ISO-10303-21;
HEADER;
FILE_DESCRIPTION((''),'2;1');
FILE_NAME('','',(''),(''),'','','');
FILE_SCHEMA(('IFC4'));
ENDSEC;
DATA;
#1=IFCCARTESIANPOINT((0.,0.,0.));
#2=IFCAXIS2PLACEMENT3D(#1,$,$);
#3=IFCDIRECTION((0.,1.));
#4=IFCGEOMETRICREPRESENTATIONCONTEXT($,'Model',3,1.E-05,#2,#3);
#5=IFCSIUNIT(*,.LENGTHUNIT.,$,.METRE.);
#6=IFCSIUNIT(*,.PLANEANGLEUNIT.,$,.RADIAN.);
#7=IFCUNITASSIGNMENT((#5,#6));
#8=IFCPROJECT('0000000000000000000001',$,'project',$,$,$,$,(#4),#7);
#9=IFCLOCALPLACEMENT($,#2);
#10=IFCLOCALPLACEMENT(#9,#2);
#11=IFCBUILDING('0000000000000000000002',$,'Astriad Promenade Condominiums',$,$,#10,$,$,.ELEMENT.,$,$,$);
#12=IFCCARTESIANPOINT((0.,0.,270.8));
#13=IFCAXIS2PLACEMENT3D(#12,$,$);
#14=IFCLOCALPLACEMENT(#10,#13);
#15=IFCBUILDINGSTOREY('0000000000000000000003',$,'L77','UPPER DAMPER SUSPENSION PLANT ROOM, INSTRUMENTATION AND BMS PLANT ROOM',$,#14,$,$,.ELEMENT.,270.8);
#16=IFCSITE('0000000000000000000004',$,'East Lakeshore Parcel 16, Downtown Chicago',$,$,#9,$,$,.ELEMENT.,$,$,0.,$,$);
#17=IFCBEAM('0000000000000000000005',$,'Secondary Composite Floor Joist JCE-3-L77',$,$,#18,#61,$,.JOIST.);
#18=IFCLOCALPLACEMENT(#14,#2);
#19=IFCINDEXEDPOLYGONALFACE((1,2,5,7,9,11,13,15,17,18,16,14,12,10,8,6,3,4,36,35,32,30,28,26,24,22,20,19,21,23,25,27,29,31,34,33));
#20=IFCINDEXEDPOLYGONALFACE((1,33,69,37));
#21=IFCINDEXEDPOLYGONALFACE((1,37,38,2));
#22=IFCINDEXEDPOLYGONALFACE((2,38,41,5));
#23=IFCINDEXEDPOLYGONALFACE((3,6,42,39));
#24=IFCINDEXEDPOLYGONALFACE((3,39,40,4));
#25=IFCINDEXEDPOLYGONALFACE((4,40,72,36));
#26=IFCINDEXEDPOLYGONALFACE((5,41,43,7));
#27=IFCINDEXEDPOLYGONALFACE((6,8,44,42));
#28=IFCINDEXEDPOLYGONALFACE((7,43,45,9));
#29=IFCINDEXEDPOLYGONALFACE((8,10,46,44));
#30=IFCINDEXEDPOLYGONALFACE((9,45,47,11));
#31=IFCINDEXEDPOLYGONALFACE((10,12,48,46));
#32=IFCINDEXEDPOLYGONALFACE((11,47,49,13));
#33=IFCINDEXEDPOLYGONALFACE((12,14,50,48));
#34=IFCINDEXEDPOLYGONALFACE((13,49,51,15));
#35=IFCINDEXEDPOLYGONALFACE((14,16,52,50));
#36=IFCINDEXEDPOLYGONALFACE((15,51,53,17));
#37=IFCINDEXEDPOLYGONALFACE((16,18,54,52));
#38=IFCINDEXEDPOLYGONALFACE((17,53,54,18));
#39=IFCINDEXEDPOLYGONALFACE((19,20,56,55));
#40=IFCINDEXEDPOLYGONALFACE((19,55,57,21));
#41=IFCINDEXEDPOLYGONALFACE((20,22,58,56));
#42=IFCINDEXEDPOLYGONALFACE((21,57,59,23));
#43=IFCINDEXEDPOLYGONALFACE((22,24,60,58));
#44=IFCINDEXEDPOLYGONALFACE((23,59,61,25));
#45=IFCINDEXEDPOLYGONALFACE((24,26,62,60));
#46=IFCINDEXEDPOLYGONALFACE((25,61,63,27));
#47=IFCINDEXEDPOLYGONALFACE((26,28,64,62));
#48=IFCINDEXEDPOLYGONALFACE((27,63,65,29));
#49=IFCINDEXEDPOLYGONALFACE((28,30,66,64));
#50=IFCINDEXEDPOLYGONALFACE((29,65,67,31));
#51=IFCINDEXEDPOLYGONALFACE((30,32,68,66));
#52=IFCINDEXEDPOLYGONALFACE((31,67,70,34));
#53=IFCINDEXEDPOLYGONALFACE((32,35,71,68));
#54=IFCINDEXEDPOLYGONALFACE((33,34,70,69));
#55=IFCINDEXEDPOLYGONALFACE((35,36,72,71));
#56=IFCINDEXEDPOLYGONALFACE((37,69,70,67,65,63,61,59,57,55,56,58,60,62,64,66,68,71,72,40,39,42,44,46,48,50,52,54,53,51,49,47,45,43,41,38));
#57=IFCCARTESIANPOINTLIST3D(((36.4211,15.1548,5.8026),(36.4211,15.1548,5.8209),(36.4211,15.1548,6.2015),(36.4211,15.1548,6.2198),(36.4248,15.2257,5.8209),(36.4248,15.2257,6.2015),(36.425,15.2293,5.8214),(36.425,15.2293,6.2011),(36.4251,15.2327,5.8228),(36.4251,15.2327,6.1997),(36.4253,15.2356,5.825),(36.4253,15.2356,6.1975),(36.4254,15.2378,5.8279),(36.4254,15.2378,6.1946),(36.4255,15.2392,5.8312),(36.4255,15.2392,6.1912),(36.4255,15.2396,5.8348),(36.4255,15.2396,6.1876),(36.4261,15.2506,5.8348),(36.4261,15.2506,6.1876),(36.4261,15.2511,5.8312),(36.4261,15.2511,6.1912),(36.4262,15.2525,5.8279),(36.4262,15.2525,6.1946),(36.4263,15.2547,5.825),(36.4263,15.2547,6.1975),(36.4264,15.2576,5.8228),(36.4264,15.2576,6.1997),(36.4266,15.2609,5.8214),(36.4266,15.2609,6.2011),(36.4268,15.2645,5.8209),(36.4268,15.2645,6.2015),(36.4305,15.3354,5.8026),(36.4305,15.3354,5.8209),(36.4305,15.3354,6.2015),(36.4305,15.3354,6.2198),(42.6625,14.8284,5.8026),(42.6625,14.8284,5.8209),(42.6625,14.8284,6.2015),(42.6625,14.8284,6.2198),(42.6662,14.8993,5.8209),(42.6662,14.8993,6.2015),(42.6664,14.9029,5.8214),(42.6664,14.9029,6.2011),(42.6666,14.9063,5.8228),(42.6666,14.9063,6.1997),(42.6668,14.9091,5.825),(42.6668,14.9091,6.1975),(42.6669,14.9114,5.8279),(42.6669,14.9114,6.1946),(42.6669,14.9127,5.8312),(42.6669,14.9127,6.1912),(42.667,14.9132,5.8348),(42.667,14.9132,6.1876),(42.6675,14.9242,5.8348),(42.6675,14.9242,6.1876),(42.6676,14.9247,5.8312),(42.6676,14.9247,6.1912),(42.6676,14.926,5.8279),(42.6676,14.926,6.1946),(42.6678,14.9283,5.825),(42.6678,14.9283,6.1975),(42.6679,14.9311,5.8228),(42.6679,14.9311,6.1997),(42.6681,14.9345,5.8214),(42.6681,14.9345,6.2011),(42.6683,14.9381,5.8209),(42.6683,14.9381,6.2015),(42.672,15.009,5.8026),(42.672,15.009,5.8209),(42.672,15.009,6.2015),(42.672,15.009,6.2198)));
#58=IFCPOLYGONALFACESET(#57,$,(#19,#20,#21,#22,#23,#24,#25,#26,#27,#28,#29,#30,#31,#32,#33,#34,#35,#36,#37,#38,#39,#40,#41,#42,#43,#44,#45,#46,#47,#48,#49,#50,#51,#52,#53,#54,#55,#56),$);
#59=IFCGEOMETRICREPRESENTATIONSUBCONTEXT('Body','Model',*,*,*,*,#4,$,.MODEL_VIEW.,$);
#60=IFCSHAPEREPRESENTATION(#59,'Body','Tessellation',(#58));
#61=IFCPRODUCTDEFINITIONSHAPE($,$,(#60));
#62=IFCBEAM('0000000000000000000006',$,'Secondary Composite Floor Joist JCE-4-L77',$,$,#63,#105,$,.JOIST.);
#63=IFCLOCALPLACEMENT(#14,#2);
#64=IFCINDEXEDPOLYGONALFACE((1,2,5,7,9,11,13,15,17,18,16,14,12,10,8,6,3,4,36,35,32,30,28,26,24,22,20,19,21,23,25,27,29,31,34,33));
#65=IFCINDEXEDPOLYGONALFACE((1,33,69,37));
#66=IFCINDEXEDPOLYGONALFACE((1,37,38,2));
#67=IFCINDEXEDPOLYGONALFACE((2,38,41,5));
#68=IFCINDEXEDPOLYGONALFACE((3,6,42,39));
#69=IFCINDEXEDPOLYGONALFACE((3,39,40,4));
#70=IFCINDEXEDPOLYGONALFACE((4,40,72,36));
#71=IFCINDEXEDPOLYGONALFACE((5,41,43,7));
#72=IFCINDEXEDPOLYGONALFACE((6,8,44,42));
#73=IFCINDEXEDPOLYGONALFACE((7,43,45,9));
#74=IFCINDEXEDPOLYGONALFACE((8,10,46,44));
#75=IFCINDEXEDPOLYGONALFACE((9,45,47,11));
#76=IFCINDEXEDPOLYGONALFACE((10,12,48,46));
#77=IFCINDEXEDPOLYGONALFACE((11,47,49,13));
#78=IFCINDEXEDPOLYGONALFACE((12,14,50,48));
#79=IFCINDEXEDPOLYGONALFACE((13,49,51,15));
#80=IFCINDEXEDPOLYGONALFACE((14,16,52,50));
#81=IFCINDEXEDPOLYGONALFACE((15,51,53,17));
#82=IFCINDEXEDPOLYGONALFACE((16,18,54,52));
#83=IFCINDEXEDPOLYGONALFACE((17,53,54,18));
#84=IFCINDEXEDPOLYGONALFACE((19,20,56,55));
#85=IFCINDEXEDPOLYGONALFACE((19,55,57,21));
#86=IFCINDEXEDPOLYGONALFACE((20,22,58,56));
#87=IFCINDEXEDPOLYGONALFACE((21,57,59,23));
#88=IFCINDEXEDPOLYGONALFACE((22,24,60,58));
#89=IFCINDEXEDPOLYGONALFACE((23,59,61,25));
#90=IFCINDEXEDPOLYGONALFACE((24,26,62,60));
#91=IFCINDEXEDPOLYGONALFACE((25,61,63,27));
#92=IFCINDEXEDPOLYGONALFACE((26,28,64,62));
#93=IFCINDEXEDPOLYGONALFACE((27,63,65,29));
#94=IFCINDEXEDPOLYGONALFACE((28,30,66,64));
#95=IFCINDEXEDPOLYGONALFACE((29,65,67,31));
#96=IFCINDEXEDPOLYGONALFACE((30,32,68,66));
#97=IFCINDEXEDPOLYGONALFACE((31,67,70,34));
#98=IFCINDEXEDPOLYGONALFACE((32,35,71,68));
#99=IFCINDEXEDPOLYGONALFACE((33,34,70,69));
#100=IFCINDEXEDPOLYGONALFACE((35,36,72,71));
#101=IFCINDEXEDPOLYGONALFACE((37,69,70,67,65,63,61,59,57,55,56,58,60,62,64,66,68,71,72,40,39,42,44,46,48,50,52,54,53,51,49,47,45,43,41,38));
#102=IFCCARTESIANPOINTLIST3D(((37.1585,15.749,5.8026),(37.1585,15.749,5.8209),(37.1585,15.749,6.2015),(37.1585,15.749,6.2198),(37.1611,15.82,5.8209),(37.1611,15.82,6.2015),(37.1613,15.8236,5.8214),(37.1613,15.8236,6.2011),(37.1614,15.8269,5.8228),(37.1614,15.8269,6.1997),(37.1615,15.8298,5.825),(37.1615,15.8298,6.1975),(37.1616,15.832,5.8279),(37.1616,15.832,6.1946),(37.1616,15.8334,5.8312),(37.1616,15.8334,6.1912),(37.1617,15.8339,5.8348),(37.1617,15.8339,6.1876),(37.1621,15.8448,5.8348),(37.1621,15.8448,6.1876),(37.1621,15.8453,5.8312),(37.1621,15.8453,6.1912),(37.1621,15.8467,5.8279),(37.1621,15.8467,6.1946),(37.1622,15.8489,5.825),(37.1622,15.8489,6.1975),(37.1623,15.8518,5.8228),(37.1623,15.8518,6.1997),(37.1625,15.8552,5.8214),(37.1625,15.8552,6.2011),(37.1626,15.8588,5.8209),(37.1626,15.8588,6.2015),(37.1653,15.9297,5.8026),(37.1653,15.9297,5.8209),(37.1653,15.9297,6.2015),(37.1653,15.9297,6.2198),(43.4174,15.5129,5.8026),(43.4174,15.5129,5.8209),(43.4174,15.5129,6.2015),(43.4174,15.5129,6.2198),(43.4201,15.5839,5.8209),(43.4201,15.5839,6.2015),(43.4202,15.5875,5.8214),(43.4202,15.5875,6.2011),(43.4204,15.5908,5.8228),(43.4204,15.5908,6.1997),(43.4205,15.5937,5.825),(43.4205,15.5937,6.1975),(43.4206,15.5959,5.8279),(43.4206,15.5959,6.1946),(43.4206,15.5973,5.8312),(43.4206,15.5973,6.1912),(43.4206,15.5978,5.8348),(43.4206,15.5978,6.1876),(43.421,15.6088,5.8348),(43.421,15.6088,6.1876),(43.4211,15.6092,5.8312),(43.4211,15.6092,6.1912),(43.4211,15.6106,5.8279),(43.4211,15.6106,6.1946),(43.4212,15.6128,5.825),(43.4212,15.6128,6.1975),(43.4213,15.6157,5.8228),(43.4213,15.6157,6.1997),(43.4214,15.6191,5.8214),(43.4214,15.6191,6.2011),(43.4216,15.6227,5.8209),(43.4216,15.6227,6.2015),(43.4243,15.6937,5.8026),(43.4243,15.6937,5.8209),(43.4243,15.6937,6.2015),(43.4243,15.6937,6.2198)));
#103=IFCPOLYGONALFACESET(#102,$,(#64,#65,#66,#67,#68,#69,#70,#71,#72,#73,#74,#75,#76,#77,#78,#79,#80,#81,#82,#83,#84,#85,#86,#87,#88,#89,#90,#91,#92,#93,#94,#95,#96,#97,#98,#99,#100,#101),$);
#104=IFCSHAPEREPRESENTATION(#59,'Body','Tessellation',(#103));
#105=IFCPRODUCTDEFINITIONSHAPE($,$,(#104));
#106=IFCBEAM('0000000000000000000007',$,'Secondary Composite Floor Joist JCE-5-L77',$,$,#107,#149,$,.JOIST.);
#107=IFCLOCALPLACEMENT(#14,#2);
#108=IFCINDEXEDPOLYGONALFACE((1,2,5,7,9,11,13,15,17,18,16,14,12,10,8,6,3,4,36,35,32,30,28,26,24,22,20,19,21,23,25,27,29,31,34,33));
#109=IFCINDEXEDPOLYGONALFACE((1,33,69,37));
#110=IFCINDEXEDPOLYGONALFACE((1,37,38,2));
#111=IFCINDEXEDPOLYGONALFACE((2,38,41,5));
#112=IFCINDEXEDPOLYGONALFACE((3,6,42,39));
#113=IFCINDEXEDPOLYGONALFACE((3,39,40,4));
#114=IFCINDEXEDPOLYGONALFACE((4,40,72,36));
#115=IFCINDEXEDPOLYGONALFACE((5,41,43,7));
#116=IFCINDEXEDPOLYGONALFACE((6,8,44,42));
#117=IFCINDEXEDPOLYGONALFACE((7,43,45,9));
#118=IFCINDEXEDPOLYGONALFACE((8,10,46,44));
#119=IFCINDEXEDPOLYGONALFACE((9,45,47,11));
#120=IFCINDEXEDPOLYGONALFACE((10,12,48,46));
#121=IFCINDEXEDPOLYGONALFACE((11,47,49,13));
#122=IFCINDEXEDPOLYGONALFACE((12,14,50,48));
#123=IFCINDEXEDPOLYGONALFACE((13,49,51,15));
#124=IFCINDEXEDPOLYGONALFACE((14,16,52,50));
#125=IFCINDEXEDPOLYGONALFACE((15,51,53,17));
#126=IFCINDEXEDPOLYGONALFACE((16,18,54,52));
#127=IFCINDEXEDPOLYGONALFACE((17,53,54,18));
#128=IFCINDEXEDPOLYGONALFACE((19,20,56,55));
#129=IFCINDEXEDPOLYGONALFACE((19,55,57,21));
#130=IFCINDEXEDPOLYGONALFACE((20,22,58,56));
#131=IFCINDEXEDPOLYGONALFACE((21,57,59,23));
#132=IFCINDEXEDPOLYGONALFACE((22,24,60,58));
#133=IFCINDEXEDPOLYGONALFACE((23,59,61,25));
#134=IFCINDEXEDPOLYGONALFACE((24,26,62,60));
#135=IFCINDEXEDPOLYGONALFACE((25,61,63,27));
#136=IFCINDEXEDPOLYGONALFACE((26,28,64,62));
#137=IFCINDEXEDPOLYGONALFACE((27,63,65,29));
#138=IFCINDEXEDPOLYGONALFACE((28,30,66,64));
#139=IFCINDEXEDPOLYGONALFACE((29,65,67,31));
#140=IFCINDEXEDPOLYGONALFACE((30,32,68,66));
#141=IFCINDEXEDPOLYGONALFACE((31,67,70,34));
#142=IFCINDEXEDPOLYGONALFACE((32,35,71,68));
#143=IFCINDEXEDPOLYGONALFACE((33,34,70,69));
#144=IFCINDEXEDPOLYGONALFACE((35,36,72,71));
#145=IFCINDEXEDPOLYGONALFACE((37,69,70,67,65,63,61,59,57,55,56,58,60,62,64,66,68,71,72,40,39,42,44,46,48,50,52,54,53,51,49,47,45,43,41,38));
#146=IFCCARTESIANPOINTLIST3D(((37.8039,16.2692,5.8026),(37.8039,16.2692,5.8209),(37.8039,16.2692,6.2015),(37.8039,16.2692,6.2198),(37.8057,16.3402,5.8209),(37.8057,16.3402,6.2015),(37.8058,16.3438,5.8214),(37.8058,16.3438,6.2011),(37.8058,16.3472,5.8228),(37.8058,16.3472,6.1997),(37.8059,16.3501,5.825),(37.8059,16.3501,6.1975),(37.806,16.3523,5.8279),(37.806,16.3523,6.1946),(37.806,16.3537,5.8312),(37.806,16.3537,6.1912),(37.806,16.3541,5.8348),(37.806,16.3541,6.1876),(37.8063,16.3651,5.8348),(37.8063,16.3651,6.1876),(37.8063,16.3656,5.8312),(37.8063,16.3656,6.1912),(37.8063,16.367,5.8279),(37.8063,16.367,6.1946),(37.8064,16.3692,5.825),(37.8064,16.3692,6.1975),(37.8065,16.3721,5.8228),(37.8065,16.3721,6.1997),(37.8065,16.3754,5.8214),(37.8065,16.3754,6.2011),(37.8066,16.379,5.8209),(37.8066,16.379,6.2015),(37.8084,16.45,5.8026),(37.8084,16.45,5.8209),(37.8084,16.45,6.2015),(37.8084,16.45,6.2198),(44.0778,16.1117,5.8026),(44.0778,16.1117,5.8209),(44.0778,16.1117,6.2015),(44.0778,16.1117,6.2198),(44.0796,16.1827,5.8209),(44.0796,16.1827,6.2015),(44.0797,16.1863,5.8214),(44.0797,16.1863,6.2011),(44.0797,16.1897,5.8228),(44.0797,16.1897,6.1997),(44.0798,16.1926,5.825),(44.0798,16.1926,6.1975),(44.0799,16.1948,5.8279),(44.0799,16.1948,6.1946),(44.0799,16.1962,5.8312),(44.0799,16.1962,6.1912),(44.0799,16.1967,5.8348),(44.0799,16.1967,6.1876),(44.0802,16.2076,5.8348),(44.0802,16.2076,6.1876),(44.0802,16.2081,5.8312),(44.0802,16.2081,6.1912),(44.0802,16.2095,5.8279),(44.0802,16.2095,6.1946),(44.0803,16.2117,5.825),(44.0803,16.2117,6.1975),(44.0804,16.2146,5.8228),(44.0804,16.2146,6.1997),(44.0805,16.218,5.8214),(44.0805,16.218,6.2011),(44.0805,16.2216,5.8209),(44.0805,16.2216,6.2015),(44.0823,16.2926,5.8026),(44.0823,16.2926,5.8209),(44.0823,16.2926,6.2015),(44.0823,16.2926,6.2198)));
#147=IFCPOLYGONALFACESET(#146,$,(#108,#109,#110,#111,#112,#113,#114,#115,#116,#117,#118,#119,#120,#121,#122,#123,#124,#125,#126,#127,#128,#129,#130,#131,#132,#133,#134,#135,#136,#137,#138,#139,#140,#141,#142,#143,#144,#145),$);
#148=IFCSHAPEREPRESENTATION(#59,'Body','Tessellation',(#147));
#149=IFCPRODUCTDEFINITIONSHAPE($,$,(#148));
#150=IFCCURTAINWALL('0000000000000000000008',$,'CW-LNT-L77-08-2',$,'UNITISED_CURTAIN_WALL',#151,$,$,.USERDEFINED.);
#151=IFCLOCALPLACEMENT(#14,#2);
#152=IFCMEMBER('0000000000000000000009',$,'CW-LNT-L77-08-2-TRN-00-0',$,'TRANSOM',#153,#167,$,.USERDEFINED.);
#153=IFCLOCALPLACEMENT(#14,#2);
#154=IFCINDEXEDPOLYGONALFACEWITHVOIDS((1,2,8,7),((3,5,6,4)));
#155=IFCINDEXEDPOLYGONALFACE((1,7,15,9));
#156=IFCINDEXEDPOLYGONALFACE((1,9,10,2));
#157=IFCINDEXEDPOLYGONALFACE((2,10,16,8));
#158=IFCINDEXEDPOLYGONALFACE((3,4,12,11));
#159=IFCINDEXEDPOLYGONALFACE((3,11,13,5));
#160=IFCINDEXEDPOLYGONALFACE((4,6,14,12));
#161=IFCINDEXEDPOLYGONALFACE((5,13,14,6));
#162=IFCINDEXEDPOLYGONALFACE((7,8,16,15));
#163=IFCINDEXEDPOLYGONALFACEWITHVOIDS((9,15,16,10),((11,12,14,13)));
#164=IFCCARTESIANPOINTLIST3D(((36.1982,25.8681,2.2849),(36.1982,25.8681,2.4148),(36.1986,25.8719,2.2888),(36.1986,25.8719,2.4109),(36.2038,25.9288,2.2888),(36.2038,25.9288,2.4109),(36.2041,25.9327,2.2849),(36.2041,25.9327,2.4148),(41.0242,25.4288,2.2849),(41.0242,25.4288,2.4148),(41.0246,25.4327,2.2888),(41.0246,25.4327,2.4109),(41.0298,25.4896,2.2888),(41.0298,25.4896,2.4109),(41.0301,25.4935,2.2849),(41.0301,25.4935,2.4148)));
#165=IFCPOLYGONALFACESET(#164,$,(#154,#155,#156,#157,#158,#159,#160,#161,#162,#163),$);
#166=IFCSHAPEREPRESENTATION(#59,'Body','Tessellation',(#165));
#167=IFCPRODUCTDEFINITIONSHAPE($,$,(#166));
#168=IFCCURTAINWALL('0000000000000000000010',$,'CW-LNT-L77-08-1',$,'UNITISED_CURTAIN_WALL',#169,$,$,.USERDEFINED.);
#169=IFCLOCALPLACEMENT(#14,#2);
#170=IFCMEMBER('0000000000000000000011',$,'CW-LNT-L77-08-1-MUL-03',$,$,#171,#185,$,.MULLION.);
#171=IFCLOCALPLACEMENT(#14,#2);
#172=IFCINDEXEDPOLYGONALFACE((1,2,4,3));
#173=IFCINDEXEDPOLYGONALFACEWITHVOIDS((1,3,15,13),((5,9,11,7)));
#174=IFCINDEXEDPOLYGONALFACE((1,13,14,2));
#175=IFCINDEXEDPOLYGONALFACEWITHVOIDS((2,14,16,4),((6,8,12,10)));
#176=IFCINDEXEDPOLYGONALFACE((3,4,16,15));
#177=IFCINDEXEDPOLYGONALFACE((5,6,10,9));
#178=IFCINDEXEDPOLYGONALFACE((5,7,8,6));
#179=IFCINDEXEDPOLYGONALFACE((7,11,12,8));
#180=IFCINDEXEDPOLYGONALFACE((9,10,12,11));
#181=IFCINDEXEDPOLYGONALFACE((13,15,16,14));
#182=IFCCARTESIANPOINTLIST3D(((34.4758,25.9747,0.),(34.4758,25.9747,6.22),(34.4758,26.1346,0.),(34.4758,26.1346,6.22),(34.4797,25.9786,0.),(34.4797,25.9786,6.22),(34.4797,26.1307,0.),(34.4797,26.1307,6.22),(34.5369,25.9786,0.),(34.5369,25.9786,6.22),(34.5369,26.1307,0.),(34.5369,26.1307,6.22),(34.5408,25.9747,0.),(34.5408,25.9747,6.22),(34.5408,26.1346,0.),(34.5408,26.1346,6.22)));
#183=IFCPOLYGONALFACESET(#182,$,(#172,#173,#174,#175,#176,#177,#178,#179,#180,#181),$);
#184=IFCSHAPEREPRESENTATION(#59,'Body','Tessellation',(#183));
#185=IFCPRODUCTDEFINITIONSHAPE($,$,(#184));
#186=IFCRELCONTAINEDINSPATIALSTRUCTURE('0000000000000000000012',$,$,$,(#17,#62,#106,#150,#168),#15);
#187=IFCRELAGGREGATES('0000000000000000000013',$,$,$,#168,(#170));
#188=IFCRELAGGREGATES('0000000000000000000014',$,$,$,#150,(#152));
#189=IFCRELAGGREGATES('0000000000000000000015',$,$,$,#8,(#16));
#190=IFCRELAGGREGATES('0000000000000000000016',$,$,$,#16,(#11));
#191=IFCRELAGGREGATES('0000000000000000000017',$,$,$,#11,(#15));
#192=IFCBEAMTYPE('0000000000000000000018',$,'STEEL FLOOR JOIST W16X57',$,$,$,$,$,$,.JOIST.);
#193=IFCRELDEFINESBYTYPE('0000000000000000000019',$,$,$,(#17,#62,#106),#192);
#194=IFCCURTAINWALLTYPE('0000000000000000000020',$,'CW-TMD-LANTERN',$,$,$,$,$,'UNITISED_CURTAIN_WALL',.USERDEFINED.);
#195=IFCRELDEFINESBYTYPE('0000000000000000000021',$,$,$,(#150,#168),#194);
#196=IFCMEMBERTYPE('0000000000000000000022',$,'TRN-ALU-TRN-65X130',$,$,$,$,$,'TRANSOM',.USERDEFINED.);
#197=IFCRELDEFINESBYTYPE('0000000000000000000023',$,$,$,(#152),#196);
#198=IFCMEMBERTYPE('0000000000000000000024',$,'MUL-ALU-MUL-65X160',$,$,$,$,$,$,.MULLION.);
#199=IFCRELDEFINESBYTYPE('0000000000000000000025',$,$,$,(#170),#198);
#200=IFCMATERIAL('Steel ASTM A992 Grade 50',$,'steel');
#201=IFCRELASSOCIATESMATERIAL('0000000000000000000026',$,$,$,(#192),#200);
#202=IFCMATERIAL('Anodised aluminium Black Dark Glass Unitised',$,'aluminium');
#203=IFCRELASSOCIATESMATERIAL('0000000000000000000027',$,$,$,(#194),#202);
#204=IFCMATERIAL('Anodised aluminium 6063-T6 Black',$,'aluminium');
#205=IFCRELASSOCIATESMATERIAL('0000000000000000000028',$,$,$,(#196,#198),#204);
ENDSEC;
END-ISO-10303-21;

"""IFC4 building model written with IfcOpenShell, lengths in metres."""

from ifc_helpers import new_model, si_unit, direction, frame, origin, origin_2d, place, context, subcontext, project, spatial, hollow_rectangle, i_section, extrude, source, transform, mapped, material, material_profile, profile_set, type_object, type_shapes, element, aggregate, save


model = new_model("IFC4")

# Units and contexts
model_context = context("Model", 3, precision=1e-05, world=origin(), true_north=direction((0.0, 1.0)))
body_context = subcontext(model_context, "Body", "Model", "MODEL_VIEW")
ifc_project = project(units=[si_unit("LENGTHUNIT", "METRE"), si_unit("PLANEANGLEUNIT", "RADIAN")], contexts=[model_context])

# Site, building, storey
site_placement = place(None, origin())
site = spatial("IfcSite", under=ifc_project, at=site_placement, Name="East Lakeshore Parcel 16, Downtown Chicago", CompositionType="ELEMENT", RefElevation=0.0)
building_placement = place(site_placement, origin())
building = spatial("IfcBuilding", under=site, at=building_placement, Name="Astriad Promenade Condominiums", CompositionType="ELEMENT")
storey_placement = place(building_placement, frame((0.0, 0.0, 270.8)))
storey = spatial("IfcBuildingStorey", under=building, at=storey_placement, Name="L77", Description="UPPER DAMPER SUSPENSION PLANT ROOM, INSTRUMENTATION AND BMS PLANT ROOM", CompositionType="ELEMENT", Elevation=270.8)

# Shared definitions
ifc_material_1 = material(Name="Steel ASTM A992 Grade 50", Category="steel")

# Beams
ifc_material_profile_1 = material_profile(ifc_material_1, i_section(OverallWidth=0.1809, OverallDepth=0.4172, WebThickness=0.011, FlangeThickness=0.0183, FilletRadius=0.0139, at=origin_2d()), Name="W16X57")
ifc_profile_set_1 = profile_set([ifc_material_profile_1], Name="Steel ASTM A992 Grade 50")
beam_type_1 = type_object("IfcBeamType", Name="STEEL FLOOR JOIST W16X57", PredefinedType="JOIST", material=ifc_profile_set_1)
shared_shape_1 = source(origin(), body_context, "Body", "SweptSolid", [
    extrude(i_section(OverallWidth=0.1809, OverallDepth=0.4172, WebThickness=0.011, FlangeThickness=0.0183, FilletRadius=0.0139, at=origin_2d()), origin(), (0.0, 0.0, 1.0), 6.25),
])
beam_1_placement = place(storey_placement, frame((36.4258, 15.2451, 6.0112), z_axis=(0.998635, -0.052227, 0.0), x_axis=(0.052227, 0.998635, 0.0)))
element("IfcBeam", 1, at=beam_1_placement, inside=storey, type_object=beam_type_1, Name="Secondary Composite Floor Joist JCE-3-L77", PredefinedType="JOIST", context=body_context, shape_type="MappedRepresentation", body=[
    mapped(shared_shape_1, transform((0.0, 0.0, 0.0), scale=1.0)),
])
shared_shape_2 = source(origin(), body_context, "Body", "SweptSolid", [
    extrude(i_section(OverallWidth=0.1809, OverallDepth=0.4172, WebThickness=0.011, FlangeThickness=0.0183, FilletRadius=0.0139, at=origin_2d()), origin(), (0.0, 0.0, 1.0), 6.2634),
])
beam_2_placement = place(storey_placement, frame((37.1619, 15.8394, 6.0112), z_axis=(0.999289, -0.037692, 0.0), x_axis=(0.037692, 0.999289, 0.0)))
element("IfcBeam", 2, at=beam_2_placement, inside=storey, type_object=beam_type_1, Name="Secondary Composite Floor Joist JCE-4-L77", PredefinedType="JOIST", context=body_context, shape_type="MappedRepresentation", body=[
    mapped(shared_shape_2, transform((0.0, 0.0, 0.0), scale=1.0)),
])
shared_shape_3 = source(origin(), body_context, "Body", "SweptSolid", [
    extrude(i_section(OverallWidth=0.1809, OverallDepth=0.4172, WebThickness=0.011, FlangeThickness=0.0183, FilletRadius=0.0139, at=origin_2d()), origin(), (0.0, 0.0, 1.0), 6.2759),
])
type_shapes(beam_type_1, [shared_shape_1, shared_shape_2, shared_shape_3])
beam_3_placement = place(storey_placement, frame((37.8062, 16.3596, 6.0112), z_axis=(0.999685, -0.025091, 0.0), x_axis=(0.025091, 0.999685, 0.0)))
element("IfcBeam", 3, at=beam_3_placement, inside=storey, type_object=beam_type_1, Name="Secondary Composite Floor Joist JCE-5-L77", PredefinedType="JOIST", context=body_context, shape_type="MappedRepresentation", body=[
    mapped(shared_shape_3, transform((0.0, 0.0, 0.0), scale=1.0)),
])

# Curtain walls, members
ifc_material_2 = material(Name="Anodised aluminium Black Dark Glass Unitised", Category="aluminium")
curtain_wall_type = type_object("IfcCurtainWallType", Name="CW-TMD-LANTERN", ElementType="UNITISED_CURTAIN_WALL", PredefinedType="USERDEFINED", material=ifc_material_2)
curtain_wall_1_placement = place(storey_placement, origin())
curtain_wall_1 = element("IfcCurtainWall", 4, at=curtain_wall_1_placement, inside=storey, type_object=curtain_wall_type, Name="CW-LNT-L77-08-2", ObjectType="UNITISED_CURTAIN_WALL", PredefinedType="USERDEFINED")
ifc_material_3 = material(Name="Anodised aluminium 6063-T6 Black", Category="aluminium")
ifc_material_profile_2 = material_profile(ifc_material_3, hollow_rectangle(XDim=0.0649, YDim=0.1299, WallThickness=0.0039, at=origin_2d()), Name="ALU-TRN-65X130")
ifc_profile_set_2 = profile_set([ifc_material_profile_2], Name="Anodised aluminium 6063-T6 Black")
member_type_1 = type_object("IfcMemberType", Name="TRN-ALU-TRN-65X130", ElementType="TRANSOM", PredefinedType="USERDEFINED", material=ifc_profile_set_2)
shared_shape_4 = source(origin(), body_context, "Body", "SweptSolid", [
    extrude(hollow_rectangle(XDim=0.0649, YDim=0.1299, WallThickness=0.0039, at=origin_2d()), origin(), (0.0, 0.0, 1.0), 4.8459),
])
type_shapes(member_type_1, [shared_shape_4])
member_1_placement = place(storey_placement, frame((36.2012, 25.9004, 2.3499), z_axis=(0.995884, -0.090636, 0.0), x_axis=(0.090636, 0.995884, 0.0)))
member_1 = element("IfcMember", 5, at=member_1_placement, type_object=member_type_1, Name="CW-LNT-L77-08-2-TRN-00-0", ObjectType="TRANSOM", PredefinedType="USERDEFINED", context=body_context, shape_type="MappedRepresentation", body=[
    mapped(shared_shape_4, transform((0.0, 0.0, 0.0), scale=1.0)),
])
curtain_wall_2_placement = place(storey_placement, origin())
curtain_wall_2 = element("IfcCurtainWall", 6, at=curtain_wall_2_placement, inside=storey, type_object=curtain_wall_type, Name="CW-LNT-L77-08-1", ObjectType="UNITISED_CURTAIN_WALL", PredefinedType="USERDEFINED")
ifc_material_profile_3 = material_profile(ifc_material_3, hollow_rectangle(XDim=0.0649, YDim=0.1599, WallThickness=0.0039, at=origin_2d()), Name="ALU-MUL-65X160")
ifc_profile_set_3 = profile_set([ifc_material_profile_3], Name="Anodised aluminium 6063-T6 Black")
member_type_2 = type_object("IfcMemberType", Name="MUL-ALU-MUL-65X160", PredefinedType="MULLION", material=ifc_profile_set_3)
shared_shape_5 = source(origin(), body_context, "Body", "SweptSolid", [
    extrude(hollow_rectangle(XDim=0.0649, YDim=0.1599, WallThickness=0.0039, at=origin_2d()), origin(), (0.0, 0.0, 1.0), 6.22),
])
type_shapes(member_type_2, [shared_shape_5])
member_2_placement = place(storey_placement, frame((34.5083, 26.0547, 0.0), z_axis=(0.0, 0.0, 1.0), x_axis=(1.0, 0.0, 0.0)))
member_2 = element("IfcMember", 7, at=member_2_placement, type_object=member_type_2, Name="CW-LNT-L77-08-1-MUL-03", PredefinedType="MULLION", context=body_context, shape_type="MappedRepresentation", body=[
    mapped(shared_shape_5, transform((0.0, 0.0, 0.0), scale=1.0)),
])
aggregate(curtain_wall_2, [member_2])

aggregate(curtain_wall_1, [member_1])

save(model, "model.ifc")
